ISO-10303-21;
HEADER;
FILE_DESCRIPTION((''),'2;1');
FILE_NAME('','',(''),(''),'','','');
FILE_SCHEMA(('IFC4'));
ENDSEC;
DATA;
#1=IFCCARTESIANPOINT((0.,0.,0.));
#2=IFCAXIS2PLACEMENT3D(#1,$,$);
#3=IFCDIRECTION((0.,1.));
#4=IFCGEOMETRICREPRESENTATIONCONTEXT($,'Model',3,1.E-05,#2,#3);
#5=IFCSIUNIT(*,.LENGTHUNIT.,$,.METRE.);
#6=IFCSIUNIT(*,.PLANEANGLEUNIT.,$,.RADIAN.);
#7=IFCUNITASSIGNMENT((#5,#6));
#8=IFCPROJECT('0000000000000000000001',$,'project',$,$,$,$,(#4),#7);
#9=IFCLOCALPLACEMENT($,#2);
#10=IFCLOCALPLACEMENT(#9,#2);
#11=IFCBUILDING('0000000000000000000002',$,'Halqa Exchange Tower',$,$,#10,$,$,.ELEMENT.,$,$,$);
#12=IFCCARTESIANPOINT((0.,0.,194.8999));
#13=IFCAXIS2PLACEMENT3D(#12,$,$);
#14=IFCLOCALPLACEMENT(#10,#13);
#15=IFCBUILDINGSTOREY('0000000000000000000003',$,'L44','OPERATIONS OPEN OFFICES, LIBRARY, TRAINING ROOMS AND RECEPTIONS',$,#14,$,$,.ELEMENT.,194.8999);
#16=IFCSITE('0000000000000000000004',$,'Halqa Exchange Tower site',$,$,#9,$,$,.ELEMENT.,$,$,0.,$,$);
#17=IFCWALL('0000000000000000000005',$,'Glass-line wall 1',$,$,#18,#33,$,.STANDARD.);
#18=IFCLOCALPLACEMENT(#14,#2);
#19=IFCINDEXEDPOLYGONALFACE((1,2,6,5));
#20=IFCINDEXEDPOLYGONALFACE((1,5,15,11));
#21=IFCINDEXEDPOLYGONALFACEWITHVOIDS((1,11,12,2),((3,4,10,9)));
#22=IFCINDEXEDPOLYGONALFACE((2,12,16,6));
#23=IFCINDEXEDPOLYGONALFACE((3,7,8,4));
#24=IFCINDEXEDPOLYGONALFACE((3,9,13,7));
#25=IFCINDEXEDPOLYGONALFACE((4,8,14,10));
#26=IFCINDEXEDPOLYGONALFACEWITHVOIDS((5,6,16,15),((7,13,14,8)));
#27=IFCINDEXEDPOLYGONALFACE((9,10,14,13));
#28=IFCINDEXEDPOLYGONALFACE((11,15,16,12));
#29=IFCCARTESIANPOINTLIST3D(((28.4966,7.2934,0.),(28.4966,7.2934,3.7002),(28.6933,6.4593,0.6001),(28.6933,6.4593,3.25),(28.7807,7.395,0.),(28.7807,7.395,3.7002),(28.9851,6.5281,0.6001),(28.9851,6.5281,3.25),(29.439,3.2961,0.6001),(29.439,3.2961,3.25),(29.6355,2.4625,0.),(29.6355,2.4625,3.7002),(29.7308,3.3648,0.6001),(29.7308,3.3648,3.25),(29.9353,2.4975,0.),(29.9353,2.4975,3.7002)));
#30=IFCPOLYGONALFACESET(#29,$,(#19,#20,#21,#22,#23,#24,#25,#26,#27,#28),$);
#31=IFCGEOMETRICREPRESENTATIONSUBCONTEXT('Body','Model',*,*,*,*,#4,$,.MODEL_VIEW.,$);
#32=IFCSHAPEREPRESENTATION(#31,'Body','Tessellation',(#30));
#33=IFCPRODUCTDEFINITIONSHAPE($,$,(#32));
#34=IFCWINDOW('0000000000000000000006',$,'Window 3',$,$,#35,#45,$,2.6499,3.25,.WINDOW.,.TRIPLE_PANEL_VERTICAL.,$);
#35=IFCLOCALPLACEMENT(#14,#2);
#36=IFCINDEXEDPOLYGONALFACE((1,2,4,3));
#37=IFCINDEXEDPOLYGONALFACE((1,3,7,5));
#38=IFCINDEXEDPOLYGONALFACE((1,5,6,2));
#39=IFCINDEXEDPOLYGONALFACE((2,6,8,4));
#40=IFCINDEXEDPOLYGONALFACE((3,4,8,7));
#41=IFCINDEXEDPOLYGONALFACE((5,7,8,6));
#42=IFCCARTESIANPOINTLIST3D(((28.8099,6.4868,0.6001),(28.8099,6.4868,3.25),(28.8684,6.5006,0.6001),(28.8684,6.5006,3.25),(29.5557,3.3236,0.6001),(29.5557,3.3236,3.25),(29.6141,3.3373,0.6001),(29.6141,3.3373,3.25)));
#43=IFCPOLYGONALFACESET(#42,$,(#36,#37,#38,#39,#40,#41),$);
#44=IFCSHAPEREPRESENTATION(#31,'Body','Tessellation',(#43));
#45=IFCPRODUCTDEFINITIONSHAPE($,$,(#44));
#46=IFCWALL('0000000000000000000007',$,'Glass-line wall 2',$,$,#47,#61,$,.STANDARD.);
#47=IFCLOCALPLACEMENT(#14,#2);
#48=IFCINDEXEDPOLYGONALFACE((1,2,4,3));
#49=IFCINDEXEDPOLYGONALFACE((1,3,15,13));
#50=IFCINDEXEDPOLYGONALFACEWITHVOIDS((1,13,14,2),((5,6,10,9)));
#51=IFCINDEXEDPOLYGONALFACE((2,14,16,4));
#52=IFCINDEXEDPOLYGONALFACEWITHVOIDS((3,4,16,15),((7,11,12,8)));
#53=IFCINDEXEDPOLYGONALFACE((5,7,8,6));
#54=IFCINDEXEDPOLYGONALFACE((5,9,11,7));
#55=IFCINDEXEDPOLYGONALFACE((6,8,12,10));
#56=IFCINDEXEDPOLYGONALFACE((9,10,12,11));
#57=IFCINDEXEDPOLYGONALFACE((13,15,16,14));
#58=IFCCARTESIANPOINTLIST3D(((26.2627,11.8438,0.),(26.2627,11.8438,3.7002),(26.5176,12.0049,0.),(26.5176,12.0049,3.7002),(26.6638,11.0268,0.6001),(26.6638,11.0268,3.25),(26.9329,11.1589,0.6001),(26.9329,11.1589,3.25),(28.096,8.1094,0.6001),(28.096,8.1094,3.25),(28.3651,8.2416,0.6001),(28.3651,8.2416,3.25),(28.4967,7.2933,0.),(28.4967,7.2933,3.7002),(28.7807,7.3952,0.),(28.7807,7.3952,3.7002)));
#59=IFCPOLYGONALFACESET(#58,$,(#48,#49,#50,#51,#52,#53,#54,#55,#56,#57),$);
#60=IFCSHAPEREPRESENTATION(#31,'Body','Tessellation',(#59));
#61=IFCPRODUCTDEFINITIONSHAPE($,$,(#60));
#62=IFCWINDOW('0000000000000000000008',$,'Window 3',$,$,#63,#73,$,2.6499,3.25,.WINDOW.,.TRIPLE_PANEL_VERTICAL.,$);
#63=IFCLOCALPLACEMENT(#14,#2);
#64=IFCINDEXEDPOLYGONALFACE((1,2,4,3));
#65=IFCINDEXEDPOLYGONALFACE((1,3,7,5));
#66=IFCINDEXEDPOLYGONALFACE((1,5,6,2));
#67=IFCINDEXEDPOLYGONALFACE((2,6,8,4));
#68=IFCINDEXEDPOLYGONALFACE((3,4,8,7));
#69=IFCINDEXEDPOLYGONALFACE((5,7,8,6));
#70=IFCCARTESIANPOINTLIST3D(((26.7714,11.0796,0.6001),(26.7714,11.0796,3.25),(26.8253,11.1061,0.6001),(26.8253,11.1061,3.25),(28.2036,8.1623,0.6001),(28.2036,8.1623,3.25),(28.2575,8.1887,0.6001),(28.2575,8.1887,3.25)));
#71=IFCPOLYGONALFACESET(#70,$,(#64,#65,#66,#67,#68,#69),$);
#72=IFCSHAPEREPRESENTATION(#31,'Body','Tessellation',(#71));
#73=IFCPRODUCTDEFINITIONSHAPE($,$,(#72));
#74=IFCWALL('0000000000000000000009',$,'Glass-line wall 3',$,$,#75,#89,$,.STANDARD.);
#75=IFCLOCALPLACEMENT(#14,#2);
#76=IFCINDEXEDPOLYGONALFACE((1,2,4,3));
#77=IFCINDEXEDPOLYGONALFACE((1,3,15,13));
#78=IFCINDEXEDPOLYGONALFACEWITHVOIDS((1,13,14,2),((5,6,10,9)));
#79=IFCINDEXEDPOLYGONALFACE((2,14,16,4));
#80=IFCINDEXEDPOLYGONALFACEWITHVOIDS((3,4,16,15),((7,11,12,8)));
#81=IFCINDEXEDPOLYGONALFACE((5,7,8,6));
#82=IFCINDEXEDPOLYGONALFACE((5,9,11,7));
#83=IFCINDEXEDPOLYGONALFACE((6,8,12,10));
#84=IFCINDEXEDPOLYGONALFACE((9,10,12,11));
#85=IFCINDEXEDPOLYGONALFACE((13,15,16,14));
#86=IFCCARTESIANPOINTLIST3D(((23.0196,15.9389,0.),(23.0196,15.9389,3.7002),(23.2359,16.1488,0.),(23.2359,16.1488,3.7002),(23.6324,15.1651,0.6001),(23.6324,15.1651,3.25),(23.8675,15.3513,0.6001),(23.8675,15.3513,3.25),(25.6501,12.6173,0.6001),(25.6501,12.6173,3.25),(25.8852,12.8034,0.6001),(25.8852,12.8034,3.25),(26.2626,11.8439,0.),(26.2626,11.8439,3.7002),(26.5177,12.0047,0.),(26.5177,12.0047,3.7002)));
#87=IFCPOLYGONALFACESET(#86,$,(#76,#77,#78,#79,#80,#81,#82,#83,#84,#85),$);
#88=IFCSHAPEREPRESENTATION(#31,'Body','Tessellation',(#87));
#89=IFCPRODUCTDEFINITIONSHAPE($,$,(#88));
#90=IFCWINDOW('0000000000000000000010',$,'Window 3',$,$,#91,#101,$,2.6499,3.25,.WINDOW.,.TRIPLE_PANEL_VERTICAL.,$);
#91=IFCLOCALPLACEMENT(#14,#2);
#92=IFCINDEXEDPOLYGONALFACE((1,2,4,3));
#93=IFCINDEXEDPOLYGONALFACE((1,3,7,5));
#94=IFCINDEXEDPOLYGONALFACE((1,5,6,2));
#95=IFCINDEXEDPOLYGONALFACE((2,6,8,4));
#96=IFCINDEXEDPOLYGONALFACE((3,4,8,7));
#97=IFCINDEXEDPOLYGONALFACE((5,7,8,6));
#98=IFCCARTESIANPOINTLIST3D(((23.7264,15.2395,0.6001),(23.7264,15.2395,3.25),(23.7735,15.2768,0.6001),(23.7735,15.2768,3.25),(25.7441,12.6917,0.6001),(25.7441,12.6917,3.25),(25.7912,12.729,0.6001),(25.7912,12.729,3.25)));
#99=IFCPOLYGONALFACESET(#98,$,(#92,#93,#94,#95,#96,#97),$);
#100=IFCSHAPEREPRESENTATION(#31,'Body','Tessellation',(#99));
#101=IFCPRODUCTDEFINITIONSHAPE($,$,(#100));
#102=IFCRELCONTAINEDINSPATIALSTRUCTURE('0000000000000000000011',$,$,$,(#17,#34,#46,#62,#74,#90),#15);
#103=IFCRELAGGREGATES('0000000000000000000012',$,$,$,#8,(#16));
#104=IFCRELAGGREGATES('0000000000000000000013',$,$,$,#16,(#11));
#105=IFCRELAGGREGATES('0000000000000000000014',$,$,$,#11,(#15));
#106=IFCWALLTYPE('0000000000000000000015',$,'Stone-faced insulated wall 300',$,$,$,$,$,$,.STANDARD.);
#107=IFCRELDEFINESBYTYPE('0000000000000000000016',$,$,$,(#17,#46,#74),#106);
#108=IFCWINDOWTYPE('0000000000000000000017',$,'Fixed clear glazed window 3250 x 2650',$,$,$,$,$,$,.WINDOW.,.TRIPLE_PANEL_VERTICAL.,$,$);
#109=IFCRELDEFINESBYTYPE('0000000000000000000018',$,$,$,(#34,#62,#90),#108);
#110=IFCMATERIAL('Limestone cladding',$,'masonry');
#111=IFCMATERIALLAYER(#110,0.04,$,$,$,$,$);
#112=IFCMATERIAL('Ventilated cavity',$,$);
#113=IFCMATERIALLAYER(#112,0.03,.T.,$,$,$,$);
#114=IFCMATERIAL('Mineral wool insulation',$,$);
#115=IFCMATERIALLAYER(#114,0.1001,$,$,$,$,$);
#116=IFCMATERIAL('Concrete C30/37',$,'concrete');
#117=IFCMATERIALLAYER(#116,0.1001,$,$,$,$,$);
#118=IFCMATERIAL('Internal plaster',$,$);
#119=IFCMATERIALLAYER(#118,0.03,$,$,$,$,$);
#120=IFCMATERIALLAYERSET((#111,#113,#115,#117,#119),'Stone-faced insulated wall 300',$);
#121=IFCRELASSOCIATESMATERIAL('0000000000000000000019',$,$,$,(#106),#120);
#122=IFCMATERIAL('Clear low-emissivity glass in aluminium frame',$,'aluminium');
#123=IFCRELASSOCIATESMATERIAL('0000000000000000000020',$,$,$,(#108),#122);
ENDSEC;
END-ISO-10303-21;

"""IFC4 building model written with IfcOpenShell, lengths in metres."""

from ifc_helpers import new_model, si_unit, direction, frame, frame_2d, origin, place, context, subcontext, project, spatial, polyline, rectangle, outline, extrude, material, layer, layer_set, type_object, element, fill, save


model = new_model("IFC4")

# Units and contexts
model_context = context("Model", 3, precision=1e-05, world=origin(), true_north=direction((0.0, 1.0)))
body_context = subcontext(model_context, "Body", "Model", "MODEL_VIEW")
ifc_project = project(units=[si_unit("LENGTHUNIT", "METRE"), si_unit("PLANEANGLEUNIT", "RADIAN")], contexts=[model_context])

# Site, building, storey
site_placement = place(None, origin())
site = spatial("IfcSite", under=ifc_project, at=site_placement, Name="Halqa Exchange Tower site", CompositionType="ELEMENT", RefElevation=0.0)
building_placement = place(site_placement, origin())
building = spatial("IfcBuilding", under=site, at=building_placement, Name="Halqa Exchange Tower", CompositionType="ELEMENT")
storey_placement = place(building_placement, frame((0.0, 0.0, 194.8999)))
storey = spatial("IfcBuildingStorey", under=building, at=storey_placement, Name="L44", Description="OPERATIONS OPEN OFFICES, LIBRARY, TRAINING ROOMS AND RECEPTIONS", CompositionType="ELEMENT", Elevation=194.8999)

# Walls, openings, windows
ifc_material_1 = material(Name="Limestone cladding", Category="masonry")
ifc_layer_1 = layer(ifc_material_1, 0.04)
ifc_material_2 = material(Name="Ventilated cavity")
ifc_layer_2 = layer(ifc_material_2, 0.03, ventilated=True)
ifc_material_3 = material(Name="Mineral wool insulation")
ifc_layer_3 = layer(ifc_material_3, 0.1001)
ifc_material_4 = material(Name="Concrete C30/37", Category="concrete")
ifc_layer_4 = layer(ifc_material_4, 0.1001)
ifc_material_5 = material(Name="Internal plaster")
ifc_layer_5 = layer(ifc_material_5, 0.03)
ifc_layer_set_1 = layer_set([ifc_layer_1, ifc_layer_2, ifc_layer_3, ifc_layer_4, ifc_layer_5], Name="Stone-faced insulated wall 300")
wall_type_1 = type_object("IfcWallType", Name="Stone-faced insulated wall 300", PredefinedType="STANDARD", material=ifc_layer_set_1)
wall_1_placement = place(storey_placement, frame((29.7854, 2.48, 0.0), z_axis=(0.0, 0.0, 1.0), x_axis=(-0.229456, 0.973319, 0.0)))
wall_1 = element("IfcWall", 1, at=wall_1_placement, inside=storey, type_object=wall_type_1, Name="Glass-line wall 1", PredefinedType="STANDARD", context=body_context, shape_type="SweptSolid", body=[
    extrude(outline(polyline([(-0.0173, -0.1499), (5.0144, -0.1499), (4.9807, 0.1499), (0.0173, 0.1499), (-0.0173, -0.1499)])), origin(), (0.0, 0.0, 1.0), 3.7002),
])
opening_1_placement = place(wall_1_placement, frame((0.8738, 0.0, 0.6001)))
opening_1 = element("IfcOpeningElement", 2, at=opening_1_placement, cuts=wall_1, PredefinedType="OPENING", context=body_context, shape_type="SweptSolid", body=[
    extrude(rectangle(XDim=3.25, YDim=2.6499, at=frame_2d((1.625, 1.325))), frame((0.0, 0.1621, 0.0), z_axis=(0.0, -1.0, 0.0), x_axis=(1.0, 0.0, 0.0)), (0.0, 0.0, 1.0), 0.324),
])
ifc_material_6 = material(Name="Clear low-emissivity glass in aluminium frame", Category="aluminium")
window_type = type_object("IfcWindowType", Name="Fixed clear glazed window 3250 x 2650", PartitioningType="TRIPLE_PANEL_VERTICAL", PredefinedType="WINDOW", material=ifc_material_6)
window_1_placement = place(opening_1_placement, origin())
window_1 = element("IfcWindow", 3, at=window_1_placement, inside=storey, type_object=window_type, Name="Window 3", OverallHeight=2.6499, OverallWidth=3.25, PartitioningType="TRIPLE_PANEL_VERTICAL", PredefinedType="WINDOW", context=body_context, shape_type="SweptSolid", body=[
    extrude(rectangle(XDim=3.25, YDim=2.6499, at=frame_2d((1.625, 1.325))), frame((0.0, 0.03, 0.0), z_axis=(0.0, -1.0, 0.0), x_axis=(1.0, 0.0, 0.0)), (0.0, 0.0, 1.0), 0.0601),
])
fill(opening_1, window_1)
wall_2_placement = place(storey_placement, frame((28.6387, 7.3442, 0.0), z_axis=(0.0, 0.0, 1.0), x_axis=(-0.440694, 0.897657, 0.0)))
wall_2 = element("IfcWall", 4, at=wall_2_placement, inside=storey, type_object=wall_type_1, Name="Glass-line wall 2", PredefinedType="STANDARD", context=body_context, shape_type="SweptSolid", body=[
    extrude(outline(polyline([(-0.0168, -0.1499), (5.1184, -0.1499), (5.0862, 0.1499), (0.0168, 0.1499), (-0.0168, -0.1499)])), origin(), (0.0, 0.0, 1.0), 3.7002),
])
opening_2_placement = place(wall_2_placement, frame((0.926, 0.0, 0.6001)))
opening_2 = element("IfcOpeningElement", 5, at=opening_2_placement, cuts=wall_2, PredefinedType="OPENING", context=body_context, shape_type="SweptSolid", body=[
    extrude(rectangle(XDim=3.25, YDim=2.6499, at=frame_2d((1.625, 1.325))), frame((0.0, 0.1621, 0.0), z_axis=(0.0, -1.0, 0.0), x_axis=(1.0, 0.0, 0.0)), (0.0, 0.0, 1.0), 0.324),
])
window_2_placement = place(opening_2_placement, origin())
window_2 = element("IfcWindow", 6, at=window_2_placement, inside=storey, type_object=window_type, Name="Window 3", OverallHeight=2.6499, OverallWidth=3.25, PartitioningType="TRIPLE_PANEL_VERTICAL", PredefinedType="WINDOW", context=body_context, shape_type="SweptSolid", body=[
    extrude(rectangle(XDim=3.25, YDim=2.6499, at=frame_2d((1.625, 1.325))), frame((0.0, 0.03, 0.0), z_axis=(0.0, -1.0, 0.0), x_axis=(1.0, 0.0, 0.0)), (0.0, 0.0, 1.0), 0.0601),
])
fill(opening_2, window_2)
wall_3_placement = place(storey_placement, frame((26.3901, 11.9243, 0.0), z_axis=(0.0, 0.0, 1.0), x_axis=(-0.620829, 0.783946, 0.0)))
wall_3 = element("IfcWall", 7, at=wall_3_placement, inside=storey, type_object=wall_type_1, Name="Glass-line wall 3", PredefinedType="STANDARD", context=body_context, shape_type="SweptSolid", body=[
    extrude(outline(polyline([(-0.0161, -0.1499), (5.27, -0.1499), (5.2397, 0.1499), (0.0161, 0.1499), (-0.0161, -0.1499)])), origin(), (0.0, 0.0, 1.0), 3.7002),
])
opening_3_placement = place(wall_3_placement, frame((1.0027, 0.0, 0.6001)))
opening_3 = element("IfcOpeningElement", 8, at=opening_3_placement, cuts=wall_3, PredefinedType="OPENING", context=body_context, shape_type="SweptSolid", body=[
    extrude(rectangle(XDim=3.25, YDim=2.6499, at=frame_2d((1.625, 1.325))), frame((0.0, 0.1621, 0.0), z_axis=(0.0, -1.0, 0.0), x_axis=(1.0, 0.0, 0.0)), (0.0, 0.0, 1.0), 0.324),
])
window_3_placement = place(opening_3_placement, origin())
window_3 = element("IfcWindow", 9, at=window_3_placement, inside=storey, type_object=window_type, Name="Window 3", OverallHeight=2.6499, OverallWidth=3.25, PartitioningType="TRIPLE_PANEL_VERTICAL", PredefinedType="WINDOW", context=body_context, shape_type="SweptSolid", body=[
    extrude(rectangle(XDim=3.25, YDim=2.6499, at=frame_2d((1.625, 1.325))), frame((0.0, 0.03, 0.0), z_axis=(0.0, -1.0, 0.0), x_axis=(1.0, 0.0, 0.0)), (0.0, 0.0, 1.0), 0.0601),
])
fill(opening_3, window_3)

save(model, "model.ifc")
